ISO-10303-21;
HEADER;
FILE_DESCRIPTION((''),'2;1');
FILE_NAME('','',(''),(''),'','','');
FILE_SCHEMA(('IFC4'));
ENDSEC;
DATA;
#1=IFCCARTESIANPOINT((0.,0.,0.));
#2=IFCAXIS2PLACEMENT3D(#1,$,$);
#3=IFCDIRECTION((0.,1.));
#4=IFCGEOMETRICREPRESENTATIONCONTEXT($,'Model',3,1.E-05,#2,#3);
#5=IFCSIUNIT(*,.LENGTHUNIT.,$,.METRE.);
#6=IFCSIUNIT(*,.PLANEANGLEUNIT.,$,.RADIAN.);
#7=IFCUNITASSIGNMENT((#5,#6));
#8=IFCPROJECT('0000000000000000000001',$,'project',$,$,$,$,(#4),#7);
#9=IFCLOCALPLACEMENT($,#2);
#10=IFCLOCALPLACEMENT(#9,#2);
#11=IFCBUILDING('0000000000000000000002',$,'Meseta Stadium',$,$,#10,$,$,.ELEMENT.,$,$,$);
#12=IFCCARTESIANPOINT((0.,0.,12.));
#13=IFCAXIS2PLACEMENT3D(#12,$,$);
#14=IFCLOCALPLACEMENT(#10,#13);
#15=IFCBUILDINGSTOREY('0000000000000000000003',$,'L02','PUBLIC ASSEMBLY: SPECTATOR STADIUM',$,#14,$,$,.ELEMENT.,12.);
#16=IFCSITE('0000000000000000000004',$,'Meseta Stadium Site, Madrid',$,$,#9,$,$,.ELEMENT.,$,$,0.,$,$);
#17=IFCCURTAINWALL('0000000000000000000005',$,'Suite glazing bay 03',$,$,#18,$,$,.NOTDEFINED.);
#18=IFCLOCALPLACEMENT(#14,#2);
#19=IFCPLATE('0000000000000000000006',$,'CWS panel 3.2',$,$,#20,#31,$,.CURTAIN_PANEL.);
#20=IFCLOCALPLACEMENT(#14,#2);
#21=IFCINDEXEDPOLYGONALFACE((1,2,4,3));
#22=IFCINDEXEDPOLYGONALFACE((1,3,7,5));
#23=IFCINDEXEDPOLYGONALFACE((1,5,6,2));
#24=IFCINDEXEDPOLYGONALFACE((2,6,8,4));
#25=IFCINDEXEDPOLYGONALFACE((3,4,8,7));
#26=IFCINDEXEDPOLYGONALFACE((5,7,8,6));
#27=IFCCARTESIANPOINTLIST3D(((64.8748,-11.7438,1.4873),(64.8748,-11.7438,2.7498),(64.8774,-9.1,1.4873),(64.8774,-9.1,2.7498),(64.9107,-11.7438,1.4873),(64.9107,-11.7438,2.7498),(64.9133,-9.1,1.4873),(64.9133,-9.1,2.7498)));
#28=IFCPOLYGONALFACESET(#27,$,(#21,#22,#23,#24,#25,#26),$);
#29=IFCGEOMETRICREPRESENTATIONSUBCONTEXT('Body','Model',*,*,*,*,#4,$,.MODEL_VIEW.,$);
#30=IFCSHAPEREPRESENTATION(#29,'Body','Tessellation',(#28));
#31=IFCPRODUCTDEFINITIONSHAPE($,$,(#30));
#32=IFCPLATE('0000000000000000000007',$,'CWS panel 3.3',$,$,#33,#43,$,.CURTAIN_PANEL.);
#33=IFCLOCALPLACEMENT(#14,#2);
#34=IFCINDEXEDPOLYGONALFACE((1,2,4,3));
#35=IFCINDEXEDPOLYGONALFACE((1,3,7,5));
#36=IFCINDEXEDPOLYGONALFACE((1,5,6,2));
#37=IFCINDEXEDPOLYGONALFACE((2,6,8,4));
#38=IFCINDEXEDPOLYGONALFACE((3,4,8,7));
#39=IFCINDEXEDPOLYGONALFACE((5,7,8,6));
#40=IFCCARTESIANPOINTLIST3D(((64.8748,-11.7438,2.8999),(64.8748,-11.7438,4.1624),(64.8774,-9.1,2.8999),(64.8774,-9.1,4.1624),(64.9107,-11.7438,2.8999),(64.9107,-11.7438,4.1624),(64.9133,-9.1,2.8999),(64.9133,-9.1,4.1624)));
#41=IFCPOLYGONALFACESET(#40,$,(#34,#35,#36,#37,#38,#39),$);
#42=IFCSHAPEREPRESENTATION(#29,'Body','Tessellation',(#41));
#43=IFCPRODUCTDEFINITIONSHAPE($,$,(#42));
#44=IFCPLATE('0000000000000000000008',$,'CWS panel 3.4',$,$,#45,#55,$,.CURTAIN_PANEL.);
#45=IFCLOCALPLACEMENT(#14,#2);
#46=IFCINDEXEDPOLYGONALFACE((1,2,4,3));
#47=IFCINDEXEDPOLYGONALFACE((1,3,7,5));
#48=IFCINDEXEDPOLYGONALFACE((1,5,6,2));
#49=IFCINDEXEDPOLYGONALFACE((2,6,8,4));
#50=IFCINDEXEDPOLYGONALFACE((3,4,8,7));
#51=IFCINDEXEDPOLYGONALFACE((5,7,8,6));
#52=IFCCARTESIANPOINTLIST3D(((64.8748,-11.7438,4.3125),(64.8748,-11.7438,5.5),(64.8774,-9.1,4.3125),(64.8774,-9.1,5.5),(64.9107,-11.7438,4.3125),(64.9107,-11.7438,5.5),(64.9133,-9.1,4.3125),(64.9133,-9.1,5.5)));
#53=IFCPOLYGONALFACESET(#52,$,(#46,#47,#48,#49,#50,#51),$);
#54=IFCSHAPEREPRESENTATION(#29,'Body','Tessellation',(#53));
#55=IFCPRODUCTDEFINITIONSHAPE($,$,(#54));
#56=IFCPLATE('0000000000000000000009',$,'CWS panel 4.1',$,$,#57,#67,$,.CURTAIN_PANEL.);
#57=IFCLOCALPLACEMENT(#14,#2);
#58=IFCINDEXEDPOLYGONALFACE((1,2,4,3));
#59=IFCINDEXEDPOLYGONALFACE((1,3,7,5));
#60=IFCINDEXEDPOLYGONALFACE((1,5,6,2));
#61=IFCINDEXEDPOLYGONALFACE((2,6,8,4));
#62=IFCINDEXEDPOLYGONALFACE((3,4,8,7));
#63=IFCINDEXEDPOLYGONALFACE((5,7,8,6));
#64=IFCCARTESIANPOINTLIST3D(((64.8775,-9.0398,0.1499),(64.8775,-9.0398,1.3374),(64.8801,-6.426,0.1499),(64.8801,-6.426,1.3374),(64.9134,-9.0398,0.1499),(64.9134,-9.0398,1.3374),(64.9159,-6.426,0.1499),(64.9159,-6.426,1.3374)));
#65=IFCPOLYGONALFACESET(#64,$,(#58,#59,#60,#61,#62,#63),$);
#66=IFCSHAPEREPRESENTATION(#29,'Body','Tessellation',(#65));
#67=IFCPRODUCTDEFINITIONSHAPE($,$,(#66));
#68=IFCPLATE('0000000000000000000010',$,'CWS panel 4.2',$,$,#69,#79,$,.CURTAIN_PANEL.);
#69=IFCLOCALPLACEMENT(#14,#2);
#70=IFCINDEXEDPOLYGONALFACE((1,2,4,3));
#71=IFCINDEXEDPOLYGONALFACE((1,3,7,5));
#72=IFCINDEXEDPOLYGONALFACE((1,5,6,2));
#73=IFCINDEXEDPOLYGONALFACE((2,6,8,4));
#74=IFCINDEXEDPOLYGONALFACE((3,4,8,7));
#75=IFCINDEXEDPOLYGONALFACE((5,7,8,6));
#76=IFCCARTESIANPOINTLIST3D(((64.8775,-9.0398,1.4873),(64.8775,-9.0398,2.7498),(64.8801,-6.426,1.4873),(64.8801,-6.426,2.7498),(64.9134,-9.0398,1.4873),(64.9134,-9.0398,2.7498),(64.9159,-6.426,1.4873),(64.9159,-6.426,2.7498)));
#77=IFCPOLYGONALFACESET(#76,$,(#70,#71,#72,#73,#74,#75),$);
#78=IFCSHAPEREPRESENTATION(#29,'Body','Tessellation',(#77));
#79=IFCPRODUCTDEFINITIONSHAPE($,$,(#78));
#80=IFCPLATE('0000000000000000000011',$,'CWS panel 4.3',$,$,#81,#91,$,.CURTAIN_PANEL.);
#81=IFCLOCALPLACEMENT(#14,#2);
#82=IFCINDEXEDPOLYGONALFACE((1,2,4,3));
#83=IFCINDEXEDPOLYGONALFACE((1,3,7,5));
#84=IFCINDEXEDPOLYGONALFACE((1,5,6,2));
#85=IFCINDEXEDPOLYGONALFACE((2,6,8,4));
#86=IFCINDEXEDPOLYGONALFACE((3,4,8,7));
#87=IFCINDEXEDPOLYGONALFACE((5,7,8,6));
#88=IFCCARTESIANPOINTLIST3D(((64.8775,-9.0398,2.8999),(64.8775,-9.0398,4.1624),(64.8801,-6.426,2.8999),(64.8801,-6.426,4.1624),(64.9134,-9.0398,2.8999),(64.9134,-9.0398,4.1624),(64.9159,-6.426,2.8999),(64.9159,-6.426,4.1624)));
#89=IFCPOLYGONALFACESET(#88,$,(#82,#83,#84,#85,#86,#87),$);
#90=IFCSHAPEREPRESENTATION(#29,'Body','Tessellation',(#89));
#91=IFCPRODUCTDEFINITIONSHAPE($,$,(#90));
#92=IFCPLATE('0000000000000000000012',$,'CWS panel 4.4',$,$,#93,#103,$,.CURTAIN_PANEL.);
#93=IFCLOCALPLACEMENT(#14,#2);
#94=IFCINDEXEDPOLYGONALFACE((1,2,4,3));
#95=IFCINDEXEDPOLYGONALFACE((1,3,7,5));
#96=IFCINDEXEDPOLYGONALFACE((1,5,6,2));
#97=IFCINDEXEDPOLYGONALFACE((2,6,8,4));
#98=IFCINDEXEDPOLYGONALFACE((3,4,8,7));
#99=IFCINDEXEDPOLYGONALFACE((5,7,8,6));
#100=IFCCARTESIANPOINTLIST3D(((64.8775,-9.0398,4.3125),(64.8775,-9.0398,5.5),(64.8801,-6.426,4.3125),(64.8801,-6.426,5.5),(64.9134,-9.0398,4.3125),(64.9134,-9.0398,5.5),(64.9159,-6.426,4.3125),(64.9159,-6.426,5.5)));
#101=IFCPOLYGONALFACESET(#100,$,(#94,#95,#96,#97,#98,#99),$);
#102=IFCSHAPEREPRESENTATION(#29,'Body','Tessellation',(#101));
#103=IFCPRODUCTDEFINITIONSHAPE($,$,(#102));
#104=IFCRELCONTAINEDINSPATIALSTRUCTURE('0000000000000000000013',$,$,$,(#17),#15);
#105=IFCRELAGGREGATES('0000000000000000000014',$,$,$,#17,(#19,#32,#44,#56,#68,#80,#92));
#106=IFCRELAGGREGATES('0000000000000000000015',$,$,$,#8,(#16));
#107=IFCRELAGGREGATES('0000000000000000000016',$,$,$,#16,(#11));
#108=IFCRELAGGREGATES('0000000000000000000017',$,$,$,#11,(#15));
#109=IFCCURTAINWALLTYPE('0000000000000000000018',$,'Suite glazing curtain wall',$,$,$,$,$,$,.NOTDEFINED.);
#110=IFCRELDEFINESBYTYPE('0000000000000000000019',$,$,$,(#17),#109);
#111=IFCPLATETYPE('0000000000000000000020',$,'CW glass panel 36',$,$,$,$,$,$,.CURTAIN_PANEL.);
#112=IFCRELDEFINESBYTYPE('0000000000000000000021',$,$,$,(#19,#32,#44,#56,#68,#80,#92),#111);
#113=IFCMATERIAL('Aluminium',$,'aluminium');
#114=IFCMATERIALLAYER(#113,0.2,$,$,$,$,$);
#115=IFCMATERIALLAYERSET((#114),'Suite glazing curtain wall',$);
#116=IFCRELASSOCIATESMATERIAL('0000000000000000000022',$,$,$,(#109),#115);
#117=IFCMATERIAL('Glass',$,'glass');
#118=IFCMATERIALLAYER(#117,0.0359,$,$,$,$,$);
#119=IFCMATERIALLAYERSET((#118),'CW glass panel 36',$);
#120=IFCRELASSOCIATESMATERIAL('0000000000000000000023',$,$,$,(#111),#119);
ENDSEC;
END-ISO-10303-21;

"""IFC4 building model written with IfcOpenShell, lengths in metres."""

from ifc_helpers import new_model, si_unit, direction, frame, origin, origin_2d, place, context, subcontext, project, spatial, rectangle, extrude, material, layer, layer_set, type_object, element, aggregate, save


model = new_model("IFC4")

# Units and contexts
model_context = context("Model", 3, precision=1e-05, world=origin(), true_north=direction((0.0, 1.0)))
body_context = subcontext(model_context, "Body", "Model", "MODEL_VIEW")
ifc_project = project(units=[si_unit("LENGTHUNIT", "METRE"), si_unit("PLANEANGLEUNIT", "RADIAN")], contexts=[model_context])

# Site, building, storey
site_placement = place(None, origin())
site = spatial("IfcSite", under=ifc_project, at=site_placement, Name="Meseta Stadium Site, Madrid", CompositionType="ELEMENT", RefElevation=0.0)
building_placement = place(site_placement, origin())
building = spatial("IfcBuilding", under=site, at=building_placement, Name="Meseta Stadium", CompositionType="ELEMENT")
storey_placement = place(building_placement, frame((0.0, 0.0, 12.0)))
storey = spatial("IfcBuildingStorey", under=building, at=storey_placement, Name="L02", Description="PUBLIC ASSEMBLY: SPECTATOR STADIUM", CompositionType="ELEMENT", Elevation=12.0)

# Curtain wall
ifc_material_1 = material(Name="Aluminium", Category="aluminium")
ifc_layer_1 = layer(ifc_material_1, 0.2)
ifc_layer_set_1 = layer_set([ifc_layer_1], Name="Suite glazing curtain wall")
curtain_wall_type = type_object("IfcCurtainWallType", Name="Suite glazing curtain wall", PredefinedType="NOTDEFINED", material=ifc_layer_set_1)
curtain_wall_1_placement = place(storey_placement, origin())
curtain_wall_1 = element("IfcCurtainWall", 1, at=curtain_wall_1_placement, inside=storey, type_object=curtain_wall_type, Name="Suite glazing bay 03", PredefinedType="NOTDEFINED")

# Plates
ifc_material_2 = material(Name="Glass", Category="glass")
ifc_layer_2 = layer(ifc_material_2, 0.0359)
ifc_layer_set_2 = layer_set([ifc_layer_2], Name="CW glass panel 36")
plate_type = type_object("IfcPlateType", Name="CW glass panel 36", PredefinedType="CURTAIN_PANEL", material=ifc_layer_set_2)
plate_1_placement = place(storey_placement, frame((64.894, -10.4219, 1.4873), z_axis=(0.0, 0.0, 1.0), x_axis=(0.000975, 1.0, 0.0)))
plate_1 = element("IfcPlate", 2, at=plate_1_placement, type_object=plate_type, Name="CWS panel 3.2", PredefinedType="CURTAIN_PANEL", context=body_context, shape_type="SweptSolid", body=[
    extrude(rectangle(XDim=2.6438, YDim=0.0359, at=origin_2d()), origin(), (0.0, 0.0, 1.0), 1.2625),
])
plate_2_placement = place(storey_placement, frame((64.894, -10.4219, 2.8999), z_axis=(0.0, 0.0, 1.0), x_axis=(0.000975, 1.0, 0.0)))
plate_2 = element("IfcPlate", 3, at=plate_2_placement, type_object=plate_type, Name="CWS panel 3.3", PredefinedType="CURTAIN_PANEL", context=body_context, shape_type="SweptSolid", body=[
    extrude(rectangle(XDim=2.6438, YDim=0.0359, at=origin_2d()), origin(), (0.0, 0.0, 1.0), 1.2625),
])
plate_3_placement = place(storey_placement, frame((64.894, -10.4219, 4.3125), z_axis=(0.0, 0.0, 1.0), x_axis=(0.000975, 1.0, 0.0)))
plate_3 = element("IfcPlate", 4, at=plate_3_placement, type_object=plate_type, Name="CWS panel 3.4", PredefinedType="CURTAIN_PANEL", context=body_context, shape_type="SweptSolid", body=[
    extrude(rectangle(XDim=2.6438, YDim=0.0359, at=origin_2d()), origin(), (0.0, 0.0, 1.0), 1.1875),
])
plate_4_placement = place(storey_placement, frame((64.8967, -7.7329, 0.1499), z_axis=(0.0, 0.0, 1.0), x_axis=(0.000975, 1.0, 0.0)))
plate_4 = element("IfcPlate", 5, at=plate_4_placement, type_object=plate_type, Name="CWS panel 4.1", PredefinedType="CURTAIN_PANEL", context=body_context, shape_type="SweptSolid", body=[
    extrude(rectangle(XDim=2.6138, YDim=0.0359, at=origin_2d()), origin(), (0.0, 0.0, 1.0), 1.1875),
])
plate_5_placement = place(storey_placement, frame((64.8967, -7.7329, 1.4873), z_axis=(0.0, 0.0, 1.0), x_axis=(0.000975, 1.0, 0.0)))
plate_5 = element("IfcPlate", 6, at=plate_5_placement, type_object=plate_type, Name="CWS panel 4.2", PredefinedType="CURTAIN_PANEL", context=body_context, shape_type="SweptSolid", body=[
    extrude(rectangle(XDim=2.6138, YDim=0.0359, at=origin_2d()), origin(), (0.0, 0.0, 1.0), 1.2625),
])
plate_6_placement = place(storey_placement, frame((64.8967, -7.7329, 2.8999), z_axis=(0.0, 0.0, 1.0), x_axis=(0.000975, 1.0, 0.0)))
plate_6 = element("IfcPlate", 7, at=plate_6_placement, type_object=plate_type, Name="CWS panel 4.3", PredefinedType="CURTAIN_PANEL", context=body_context, shape_type="SweptSolid", body=[
    extrude(rectangle(XDim=2.6138, YDim=0.0359, at=origin_2d()), origin(), (0.0, 0.0, 1.0), 1.2625),
])
plate_7_placement = place(storey_placement, frame((64.8967, -7.7329, 4.3125), z_axis=(0.0, 0.0, 1.0), x_axis=(0.000975, 1.0, 0.0)))
plate_7 = element("IfcPlate", 8, at=plate_7_placement, type_object=plate_type, Name="CWS panel 4.4", PredefinedType="CURTAIN_PANEL", context=body_context, shape_type="SweptSolid", body=[
    extrude(rectangle(XDim=2.6138, YDim=0.0359, at=origin_2d()), origin(), (0.0, 0.0, 1.0), 1.1875),
])
aggregate(curtain_wall_1, [plate_1, plate_2, plate_3, plate_4, plate_5, plate_6, plate_7])

save(model, "model.ifc")
